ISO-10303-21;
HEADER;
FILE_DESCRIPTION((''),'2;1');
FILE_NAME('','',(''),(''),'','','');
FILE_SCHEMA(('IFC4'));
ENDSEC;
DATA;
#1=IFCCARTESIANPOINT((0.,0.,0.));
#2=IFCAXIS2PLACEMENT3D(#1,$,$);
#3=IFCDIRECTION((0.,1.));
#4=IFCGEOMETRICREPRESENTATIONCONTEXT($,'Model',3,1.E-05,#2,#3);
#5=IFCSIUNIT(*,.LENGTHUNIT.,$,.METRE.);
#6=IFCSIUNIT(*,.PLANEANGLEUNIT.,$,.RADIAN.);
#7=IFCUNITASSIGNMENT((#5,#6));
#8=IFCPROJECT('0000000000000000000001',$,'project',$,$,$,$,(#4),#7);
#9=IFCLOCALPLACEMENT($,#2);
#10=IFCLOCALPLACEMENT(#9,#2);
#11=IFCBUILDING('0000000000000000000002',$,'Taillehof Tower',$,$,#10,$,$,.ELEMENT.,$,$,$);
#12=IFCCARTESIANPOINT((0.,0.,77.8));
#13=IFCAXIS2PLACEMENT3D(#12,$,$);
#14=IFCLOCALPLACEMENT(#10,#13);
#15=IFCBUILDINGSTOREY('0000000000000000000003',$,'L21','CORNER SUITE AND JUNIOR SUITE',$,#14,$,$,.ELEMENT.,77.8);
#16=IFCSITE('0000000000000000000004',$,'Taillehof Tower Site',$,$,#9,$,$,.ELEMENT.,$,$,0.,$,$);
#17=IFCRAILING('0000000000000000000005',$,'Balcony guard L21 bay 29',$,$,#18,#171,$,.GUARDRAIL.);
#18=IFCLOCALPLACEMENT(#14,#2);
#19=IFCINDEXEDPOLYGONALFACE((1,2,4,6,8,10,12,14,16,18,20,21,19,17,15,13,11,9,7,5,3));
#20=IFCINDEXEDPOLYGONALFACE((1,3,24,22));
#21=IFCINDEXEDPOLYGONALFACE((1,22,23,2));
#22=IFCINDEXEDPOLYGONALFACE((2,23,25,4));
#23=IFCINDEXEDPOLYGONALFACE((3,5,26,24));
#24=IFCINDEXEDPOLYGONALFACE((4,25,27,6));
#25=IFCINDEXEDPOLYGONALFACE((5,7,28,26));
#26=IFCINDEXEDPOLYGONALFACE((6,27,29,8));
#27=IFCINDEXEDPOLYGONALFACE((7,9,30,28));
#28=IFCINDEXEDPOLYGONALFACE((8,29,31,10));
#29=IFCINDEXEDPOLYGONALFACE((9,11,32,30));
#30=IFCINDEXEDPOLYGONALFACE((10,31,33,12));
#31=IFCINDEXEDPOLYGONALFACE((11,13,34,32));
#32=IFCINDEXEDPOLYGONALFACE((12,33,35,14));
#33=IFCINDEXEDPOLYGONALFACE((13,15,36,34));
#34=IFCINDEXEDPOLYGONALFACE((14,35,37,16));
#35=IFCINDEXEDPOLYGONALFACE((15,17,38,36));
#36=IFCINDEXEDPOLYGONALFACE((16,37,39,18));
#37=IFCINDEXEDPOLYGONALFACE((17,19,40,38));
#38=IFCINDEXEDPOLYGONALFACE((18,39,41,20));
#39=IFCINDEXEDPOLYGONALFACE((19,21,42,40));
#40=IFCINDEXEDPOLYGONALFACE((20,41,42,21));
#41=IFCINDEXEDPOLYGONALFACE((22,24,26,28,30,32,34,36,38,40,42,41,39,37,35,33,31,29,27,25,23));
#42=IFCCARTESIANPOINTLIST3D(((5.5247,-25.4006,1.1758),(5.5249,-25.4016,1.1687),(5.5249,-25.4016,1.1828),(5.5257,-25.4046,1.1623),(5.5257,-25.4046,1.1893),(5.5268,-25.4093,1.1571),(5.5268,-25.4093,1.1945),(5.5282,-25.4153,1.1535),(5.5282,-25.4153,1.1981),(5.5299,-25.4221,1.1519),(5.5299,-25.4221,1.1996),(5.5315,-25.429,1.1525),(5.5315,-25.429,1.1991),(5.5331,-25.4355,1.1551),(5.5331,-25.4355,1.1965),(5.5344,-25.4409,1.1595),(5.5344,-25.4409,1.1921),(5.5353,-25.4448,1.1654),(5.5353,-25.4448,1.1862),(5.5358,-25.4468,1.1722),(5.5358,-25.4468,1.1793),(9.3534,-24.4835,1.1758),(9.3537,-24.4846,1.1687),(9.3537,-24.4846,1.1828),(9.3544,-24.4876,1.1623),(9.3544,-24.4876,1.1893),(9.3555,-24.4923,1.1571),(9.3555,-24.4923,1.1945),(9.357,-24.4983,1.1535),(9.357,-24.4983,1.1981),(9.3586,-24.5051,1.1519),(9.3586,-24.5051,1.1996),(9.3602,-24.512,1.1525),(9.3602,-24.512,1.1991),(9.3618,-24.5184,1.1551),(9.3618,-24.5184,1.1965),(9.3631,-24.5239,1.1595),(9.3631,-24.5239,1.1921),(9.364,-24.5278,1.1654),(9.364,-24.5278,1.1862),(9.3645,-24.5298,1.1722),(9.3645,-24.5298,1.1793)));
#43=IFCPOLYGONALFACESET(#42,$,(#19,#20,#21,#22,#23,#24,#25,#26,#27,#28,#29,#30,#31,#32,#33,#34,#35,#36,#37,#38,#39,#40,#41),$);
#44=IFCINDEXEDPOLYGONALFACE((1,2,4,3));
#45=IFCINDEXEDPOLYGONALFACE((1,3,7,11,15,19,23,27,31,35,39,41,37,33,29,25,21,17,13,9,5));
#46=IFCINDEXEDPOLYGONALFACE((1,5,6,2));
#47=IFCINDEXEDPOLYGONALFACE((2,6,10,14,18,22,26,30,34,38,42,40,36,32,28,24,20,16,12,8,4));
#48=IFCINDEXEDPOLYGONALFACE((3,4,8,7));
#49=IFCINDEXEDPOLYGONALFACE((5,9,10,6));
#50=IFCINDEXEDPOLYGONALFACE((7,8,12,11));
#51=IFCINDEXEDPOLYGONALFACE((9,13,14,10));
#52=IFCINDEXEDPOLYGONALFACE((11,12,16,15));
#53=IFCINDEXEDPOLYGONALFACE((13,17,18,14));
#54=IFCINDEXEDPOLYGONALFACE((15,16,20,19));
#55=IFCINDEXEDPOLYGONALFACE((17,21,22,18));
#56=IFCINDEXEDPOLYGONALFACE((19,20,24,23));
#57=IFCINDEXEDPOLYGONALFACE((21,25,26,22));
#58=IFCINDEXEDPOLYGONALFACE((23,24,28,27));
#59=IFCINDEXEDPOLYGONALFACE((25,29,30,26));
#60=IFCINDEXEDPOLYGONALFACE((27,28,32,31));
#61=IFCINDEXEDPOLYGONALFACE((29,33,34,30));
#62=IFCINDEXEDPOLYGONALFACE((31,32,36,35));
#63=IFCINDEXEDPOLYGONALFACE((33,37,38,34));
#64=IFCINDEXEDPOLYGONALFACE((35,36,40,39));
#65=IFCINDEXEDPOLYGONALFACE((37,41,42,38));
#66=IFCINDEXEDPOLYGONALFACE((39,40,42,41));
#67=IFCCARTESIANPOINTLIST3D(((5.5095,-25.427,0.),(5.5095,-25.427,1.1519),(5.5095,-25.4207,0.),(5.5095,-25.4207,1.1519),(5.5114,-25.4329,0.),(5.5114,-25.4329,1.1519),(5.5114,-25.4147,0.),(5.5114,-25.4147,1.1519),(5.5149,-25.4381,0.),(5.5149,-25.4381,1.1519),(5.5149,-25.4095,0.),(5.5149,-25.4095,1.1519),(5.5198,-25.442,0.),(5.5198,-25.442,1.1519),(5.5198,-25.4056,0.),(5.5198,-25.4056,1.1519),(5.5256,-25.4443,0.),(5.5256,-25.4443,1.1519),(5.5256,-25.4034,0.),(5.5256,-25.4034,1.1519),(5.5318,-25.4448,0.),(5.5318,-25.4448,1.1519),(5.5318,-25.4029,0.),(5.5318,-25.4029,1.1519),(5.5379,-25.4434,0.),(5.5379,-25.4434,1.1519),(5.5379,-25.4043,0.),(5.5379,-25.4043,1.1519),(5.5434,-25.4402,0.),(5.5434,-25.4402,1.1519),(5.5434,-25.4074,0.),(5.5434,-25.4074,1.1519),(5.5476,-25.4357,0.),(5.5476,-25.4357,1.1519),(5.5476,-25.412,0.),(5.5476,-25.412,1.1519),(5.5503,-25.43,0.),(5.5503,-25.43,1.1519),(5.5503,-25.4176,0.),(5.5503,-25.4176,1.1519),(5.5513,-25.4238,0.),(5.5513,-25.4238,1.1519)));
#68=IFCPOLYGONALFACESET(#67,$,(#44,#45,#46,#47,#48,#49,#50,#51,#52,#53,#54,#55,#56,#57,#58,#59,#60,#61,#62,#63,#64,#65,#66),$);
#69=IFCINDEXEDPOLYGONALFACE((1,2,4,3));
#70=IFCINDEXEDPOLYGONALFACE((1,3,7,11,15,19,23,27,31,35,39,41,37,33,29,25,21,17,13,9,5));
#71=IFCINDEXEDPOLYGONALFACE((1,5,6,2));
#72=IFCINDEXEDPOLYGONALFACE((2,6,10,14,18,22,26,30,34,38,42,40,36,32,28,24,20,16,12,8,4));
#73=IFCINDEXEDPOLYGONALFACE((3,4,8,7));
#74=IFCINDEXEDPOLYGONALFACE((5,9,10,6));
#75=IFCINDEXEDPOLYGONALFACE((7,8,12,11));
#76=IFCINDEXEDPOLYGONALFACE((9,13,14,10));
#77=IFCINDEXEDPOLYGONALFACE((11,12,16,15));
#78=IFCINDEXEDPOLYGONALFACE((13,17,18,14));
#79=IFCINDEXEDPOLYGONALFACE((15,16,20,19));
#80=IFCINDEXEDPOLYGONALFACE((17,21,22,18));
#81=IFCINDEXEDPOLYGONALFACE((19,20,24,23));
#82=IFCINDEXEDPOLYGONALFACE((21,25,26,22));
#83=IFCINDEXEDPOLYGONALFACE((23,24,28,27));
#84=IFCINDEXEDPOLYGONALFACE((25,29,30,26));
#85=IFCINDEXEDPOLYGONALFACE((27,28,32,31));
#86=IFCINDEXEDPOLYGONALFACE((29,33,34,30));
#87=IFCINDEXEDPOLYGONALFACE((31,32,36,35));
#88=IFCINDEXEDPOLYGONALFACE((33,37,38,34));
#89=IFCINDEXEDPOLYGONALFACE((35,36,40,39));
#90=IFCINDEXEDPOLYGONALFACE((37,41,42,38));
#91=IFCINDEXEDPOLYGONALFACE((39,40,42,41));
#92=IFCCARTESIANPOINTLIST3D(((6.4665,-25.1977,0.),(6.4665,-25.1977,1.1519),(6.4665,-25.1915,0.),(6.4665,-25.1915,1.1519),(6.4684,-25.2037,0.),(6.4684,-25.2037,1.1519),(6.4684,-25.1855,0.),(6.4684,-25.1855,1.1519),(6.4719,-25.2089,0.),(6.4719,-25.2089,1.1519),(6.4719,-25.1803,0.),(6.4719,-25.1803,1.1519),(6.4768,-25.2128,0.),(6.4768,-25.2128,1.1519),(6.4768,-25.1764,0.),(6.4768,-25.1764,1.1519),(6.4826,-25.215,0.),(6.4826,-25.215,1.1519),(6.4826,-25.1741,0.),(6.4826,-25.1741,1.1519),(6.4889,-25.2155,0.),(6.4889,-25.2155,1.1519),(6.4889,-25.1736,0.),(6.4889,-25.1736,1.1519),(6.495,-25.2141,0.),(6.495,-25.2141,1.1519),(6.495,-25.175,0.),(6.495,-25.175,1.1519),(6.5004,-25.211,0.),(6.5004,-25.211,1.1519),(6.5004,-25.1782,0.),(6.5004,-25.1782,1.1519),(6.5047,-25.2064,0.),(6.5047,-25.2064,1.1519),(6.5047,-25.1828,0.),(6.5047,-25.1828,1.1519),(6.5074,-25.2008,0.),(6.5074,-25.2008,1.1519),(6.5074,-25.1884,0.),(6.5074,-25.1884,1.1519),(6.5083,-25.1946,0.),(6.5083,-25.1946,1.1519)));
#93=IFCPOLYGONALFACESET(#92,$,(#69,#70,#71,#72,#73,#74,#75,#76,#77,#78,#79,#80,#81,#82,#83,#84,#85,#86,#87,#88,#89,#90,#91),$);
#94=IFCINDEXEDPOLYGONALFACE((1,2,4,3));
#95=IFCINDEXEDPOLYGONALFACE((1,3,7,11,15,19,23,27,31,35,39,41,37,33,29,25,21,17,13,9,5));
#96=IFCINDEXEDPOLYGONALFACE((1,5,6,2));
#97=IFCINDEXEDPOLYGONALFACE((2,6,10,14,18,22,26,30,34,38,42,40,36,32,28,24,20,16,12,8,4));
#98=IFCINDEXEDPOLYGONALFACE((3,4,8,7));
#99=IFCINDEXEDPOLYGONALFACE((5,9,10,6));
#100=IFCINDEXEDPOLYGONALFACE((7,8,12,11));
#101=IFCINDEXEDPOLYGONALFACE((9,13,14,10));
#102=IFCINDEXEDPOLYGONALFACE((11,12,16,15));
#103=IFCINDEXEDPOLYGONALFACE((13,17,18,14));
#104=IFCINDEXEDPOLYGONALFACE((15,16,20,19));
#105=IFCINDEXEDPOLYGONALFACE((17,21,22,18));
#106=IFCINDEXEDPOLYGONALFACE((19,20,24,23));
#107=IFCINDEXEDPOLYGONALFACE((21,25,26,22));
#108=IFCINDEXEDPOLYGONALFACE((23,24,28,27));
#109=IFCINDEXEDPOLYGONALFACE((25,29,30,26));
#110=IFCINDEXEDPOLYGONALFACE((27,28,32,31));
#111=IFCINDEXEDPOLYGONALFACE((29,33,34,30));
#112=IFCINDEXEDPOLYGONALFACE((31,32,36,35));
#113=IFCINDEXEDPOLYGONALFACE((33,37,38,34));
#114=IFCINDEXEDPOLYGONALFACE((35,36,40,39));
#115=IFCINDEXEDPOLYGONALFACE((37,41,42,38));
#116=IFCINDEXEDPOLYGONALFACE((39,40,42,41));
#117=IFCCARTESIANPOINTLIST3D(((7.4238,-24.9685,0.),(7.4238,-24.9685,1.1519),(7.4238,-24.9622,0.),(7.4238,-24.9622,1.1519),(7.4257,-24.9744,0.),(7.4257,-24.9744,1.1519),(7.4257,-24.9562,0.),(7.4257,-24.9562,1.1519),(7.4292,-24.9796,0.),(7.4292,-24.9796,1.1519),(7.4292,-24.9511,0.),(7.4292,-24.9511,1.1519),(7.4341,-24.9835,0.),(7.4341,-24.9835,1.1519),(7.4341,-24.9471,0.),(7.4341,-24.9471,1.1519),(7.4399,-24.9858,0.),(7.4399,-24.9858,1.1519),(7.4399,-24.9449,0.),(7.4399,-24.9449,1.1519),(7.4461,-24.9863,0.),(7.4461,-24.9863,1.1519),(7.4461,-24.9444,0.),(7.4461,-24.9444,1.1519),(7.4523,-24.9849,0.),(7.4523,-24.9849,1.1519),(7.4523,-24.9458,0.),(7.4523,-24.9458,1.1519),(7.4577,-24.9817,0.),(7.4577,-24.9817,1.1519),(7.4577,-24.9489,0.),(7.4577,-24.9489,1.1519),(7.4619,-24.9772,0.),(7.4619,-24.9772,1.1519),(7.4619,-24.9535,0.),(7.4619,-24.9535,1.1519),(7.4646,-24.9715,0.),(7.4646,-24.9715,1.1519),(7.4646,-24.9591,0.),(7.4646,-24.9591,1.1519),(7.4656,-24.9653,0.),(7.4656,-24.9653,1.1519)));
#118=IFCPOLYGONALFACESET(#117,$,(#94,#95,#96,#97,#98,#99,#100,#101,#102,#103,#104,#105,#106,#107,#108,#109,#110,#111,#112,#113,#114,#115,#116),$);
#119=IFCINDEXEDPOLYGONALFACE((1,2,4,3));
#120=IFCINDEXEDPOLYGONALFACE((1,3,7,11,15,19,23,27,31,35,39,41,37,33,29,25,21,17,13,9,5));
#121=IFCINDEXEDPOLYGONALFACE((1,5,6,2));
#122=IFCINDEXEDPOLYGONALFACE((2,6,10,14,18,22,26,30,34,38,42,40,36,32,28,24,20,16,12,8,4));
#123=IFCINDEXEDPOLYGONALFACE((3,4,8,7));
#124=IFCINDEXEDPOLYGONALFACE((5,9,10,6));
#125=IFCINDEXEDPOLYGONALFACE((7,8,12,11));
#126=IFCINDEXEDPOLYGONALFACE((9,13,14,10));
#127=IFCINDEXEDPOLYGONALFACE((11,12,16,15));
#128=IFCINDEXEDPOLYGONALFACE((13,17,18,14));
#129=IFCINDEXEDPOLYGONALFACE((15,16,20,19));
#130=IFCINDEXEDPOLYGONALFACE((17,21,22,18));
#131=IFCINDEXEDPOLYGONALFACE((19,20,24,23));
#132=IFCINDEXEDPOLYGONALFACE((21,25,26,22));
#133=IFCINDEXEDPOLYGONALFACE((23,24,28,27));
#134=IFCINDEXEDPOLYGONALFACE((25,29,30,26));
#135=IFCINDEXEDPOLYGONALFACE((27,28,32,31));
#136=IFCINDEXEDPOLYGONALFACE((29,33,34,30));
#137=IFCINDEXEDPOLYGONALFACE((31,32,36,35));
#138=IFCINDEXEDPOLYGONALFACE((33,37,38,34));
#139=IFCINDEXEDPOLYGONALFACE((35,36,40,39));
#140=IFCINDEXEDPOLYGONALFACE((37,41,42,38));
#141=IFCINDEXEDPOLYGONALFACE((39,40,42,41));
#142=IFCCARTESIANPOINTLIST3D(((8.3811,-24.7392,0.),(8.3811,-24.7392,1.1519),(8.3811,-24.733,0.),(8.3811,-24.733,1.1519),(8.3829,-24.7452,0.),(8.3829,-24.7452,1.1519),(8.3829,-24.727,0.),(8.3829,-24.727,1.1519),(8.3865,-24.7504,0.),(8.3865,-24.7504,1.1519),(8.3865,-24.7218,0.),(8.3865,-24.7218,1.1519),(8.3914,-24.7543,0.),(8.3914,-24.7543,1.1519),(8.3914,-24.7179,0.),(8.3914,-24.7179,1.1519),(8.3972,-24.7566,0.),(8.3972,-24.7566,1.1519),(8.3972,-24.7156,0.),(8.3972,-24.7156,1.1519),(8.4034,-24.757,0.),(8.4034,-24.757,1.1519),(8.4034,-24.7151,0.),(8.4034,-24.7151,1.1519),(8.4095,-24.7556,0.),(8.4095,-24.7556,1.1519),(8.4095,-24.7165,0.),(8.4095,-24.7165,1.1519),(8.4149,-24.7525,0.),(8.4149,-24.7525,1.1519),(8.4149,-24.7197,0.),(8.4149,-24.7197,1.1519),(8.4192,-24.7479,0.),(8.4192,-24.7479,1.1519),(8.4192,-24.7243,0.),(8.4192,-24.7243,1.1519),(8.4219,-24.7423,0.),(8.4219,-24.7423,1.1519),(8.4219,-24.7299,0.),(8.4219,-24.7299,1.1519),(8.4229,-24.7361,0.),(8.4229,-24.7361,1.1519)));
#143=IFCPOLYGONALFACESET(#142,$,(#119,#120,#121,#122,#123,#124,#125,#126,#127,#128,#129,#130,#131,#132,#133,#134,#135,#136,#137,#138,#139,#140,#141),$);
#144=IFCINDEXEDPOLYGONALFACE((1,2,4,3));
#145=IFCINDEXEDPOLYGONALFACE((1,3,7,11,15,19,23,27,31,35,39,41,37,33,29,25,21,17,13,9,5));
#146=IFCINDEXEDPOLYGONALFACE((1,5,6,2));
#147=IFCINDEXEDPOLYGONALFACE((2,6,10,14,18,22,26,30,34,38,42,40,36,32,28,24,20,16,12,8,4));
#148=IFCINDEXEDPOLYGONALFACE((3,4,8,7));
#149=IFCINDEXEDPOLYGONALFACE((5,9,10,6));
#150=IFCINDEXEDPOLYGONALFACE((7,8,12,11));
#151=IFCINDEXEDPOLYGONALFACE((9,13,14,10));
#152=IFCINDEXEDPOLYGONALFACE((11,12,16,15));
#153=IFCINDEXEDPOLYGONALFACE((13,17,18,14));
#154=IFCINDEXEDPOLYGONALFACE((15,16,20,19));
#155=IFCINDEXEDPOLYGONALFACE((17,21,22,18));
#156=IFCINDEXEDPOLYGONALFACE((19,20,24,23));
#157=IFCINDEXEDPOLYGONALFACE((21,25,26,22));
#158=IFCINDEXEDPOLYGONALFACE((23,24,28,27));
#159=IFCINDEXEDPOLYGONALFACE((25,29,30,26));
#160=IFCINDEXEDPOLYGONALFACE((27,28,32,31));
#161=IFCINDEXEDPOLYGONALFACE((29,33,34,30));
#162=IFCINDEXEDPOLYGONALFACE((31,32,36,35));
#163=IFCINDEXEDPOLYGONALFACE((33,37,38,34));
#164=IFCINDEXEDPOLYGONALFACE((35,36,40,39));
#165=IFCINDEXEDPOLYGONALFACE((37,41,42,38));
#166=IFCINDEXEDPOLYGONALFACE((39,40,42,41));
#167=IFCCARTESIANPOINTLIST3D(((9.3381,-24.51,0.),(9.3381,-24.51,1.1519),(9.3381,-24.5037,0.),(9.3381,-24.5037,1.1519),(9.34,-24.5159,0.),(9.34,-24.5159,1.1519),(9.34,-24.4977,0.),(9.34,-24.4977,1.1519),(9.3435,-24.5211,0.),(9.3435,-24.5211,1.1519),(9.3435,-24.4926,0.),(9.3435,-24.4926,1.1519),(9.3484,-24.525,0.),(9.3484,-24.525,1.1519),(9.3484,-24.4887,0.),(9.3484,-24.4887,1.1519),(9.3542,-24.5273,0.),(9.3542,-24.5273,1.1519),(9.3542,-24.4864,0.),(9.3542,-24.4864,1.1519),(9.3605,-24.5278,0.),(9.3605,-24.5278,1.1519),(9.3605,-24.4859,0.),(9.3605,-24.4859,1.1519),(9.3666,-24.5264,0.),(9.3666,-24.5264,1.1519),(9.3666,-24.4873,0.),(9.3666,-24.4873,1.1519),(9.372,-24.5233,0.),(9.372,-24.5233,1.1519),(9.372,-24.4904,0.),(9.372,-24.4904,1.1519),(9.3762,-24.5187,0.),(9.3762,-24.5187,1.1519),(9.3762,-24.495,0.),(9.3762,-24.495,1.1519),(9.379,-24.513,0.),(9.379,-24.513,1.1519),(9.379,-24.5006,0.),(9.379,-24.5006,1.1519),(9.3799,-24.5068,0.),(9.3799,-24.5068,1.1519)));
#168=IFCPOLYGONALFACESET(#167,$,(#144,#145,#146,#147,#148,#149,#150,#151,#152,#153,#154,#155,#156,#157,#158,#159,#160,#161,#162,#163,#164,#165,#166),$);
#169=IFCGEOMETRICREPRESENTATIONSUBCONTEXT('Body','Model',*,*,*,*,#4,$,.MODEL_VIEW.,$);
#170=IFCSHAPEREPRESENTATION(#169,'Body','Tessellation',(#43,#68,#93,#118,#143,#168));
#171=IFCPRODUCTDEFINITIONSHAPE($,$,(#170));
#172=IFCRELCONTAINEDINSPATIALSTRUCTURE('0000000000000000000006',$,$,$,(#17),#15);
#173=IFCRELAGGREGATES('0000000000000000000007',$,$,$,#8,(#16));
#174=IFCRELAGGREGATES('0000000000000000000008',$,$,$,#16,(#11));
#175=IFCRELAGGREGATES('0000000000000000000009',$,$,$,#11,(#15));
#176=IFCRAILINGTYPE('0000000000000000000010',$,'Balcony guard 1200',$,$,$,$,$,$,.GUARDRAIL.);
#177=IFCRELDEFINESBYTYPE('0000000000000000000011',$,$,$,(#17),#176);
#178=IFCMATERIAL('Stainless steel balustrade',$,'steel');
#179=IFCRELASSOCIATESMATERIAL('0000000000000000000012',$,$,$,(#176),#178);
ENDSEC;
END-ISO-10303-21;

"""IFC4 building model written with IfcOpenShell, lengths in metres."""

from ifc_helpers import new_model, si_unit, direction, frame, origin, origin_2d, place, context, subcontext, project, spatial, circle, extrude, material, type_object, element, save


model = new_model("IFC4")

# Units and contexts
model_context = context("Model", 3, precision=1e-05, world=origin(), true_north=direction((0.0, 1.0)))
body_context = subcontext(model_context, "Body", "Model", "MODEL_VIEW")
ifc_project = project(units=[si_unit("LENGTHUNIT", "METRE"), si_unit("PLANEANGLEUNIT", "RADIAN")], contexts=[model_context])

# Site, building, storey
site_placement = place(None, origin())
site = spatial("IfcSite", under=ifc_project, at=site_placement, Name="Taillehof Tower Site", CompositionType="ELEMENT", RefElevation=0.0)
building_placement = place(site_placement, origin())
building = spatial("IfcBuilding", under=site, at=building_placement, Name="Taillehof Tower", CompositionType="ELEMENT")
storey_placement = place(building_placement, frame((0.0, 0.0, 77.8)))
storey = spatial("IfcBuildingStorey", under=building, at=storey_placement, Name="L21", Description="CORNER SUITE AND JUNIOR SUITE", CompositionType="ELEMENT", Elevation=77.8)

# Railing
ifc_material_1 = material(Name="Stainless steel balustrade", Category="steel")
railing_type = type_object("IfcRailingType", Name="Balcony guard 1200", PredefinedType="GUARDRAIL", material=ifc_material_1)
railing_1_placement = place(storey_placement, frame((5.5303, -25.4238, 0.0)))
element("IfcRailing", 1, at=railing_1_placement, inside=storey, type_object=railing_type, Name="Balcony guard L21 bay 29", PredefinedType="GUARDRAIL", context=body_context, shape_type="SweptSolid", body=[
    extrude(circle(Radius=0.0239, at=origin_2d()), frame((0.0, 0.0, 1.1758), z_axis=(0.972495, 0.232923, 0.0), x_axis=(-0.232923, 0.972495, 0.0)), (0.0, 0.0, 1.0), 3.937),
    extrude(circle(Radius=0.021, at=origin_2d()), origin(), (0.0, 0.0, 1.0), 1.1519),
    extrude(circle(Radius=0.021, at=origin_2d()), frame((0.957, 0.2292, 0.0)), (0.0, 0.0, 1.0), 1.1519),
    extrude(circle(Radius=0.021, at=origin_2d()), frame((1.9143, 0.4585, 0.0)), (0.0, 0.0, 1.0), 1.1519),
    extrude(circle(Radius=0.021, at=origin_2d()), frame((2.8716, 0.6877, 0.0)), (0.0, 0.0, 1.0), 1.1519),
    extrude(circle(Radius=0.021, at=origin_2d()), frame((3.8286, 0.917, 0.0)), (0.0, 0.0, 1.0), 1.1519),
])

save(model, "model.ifc")
